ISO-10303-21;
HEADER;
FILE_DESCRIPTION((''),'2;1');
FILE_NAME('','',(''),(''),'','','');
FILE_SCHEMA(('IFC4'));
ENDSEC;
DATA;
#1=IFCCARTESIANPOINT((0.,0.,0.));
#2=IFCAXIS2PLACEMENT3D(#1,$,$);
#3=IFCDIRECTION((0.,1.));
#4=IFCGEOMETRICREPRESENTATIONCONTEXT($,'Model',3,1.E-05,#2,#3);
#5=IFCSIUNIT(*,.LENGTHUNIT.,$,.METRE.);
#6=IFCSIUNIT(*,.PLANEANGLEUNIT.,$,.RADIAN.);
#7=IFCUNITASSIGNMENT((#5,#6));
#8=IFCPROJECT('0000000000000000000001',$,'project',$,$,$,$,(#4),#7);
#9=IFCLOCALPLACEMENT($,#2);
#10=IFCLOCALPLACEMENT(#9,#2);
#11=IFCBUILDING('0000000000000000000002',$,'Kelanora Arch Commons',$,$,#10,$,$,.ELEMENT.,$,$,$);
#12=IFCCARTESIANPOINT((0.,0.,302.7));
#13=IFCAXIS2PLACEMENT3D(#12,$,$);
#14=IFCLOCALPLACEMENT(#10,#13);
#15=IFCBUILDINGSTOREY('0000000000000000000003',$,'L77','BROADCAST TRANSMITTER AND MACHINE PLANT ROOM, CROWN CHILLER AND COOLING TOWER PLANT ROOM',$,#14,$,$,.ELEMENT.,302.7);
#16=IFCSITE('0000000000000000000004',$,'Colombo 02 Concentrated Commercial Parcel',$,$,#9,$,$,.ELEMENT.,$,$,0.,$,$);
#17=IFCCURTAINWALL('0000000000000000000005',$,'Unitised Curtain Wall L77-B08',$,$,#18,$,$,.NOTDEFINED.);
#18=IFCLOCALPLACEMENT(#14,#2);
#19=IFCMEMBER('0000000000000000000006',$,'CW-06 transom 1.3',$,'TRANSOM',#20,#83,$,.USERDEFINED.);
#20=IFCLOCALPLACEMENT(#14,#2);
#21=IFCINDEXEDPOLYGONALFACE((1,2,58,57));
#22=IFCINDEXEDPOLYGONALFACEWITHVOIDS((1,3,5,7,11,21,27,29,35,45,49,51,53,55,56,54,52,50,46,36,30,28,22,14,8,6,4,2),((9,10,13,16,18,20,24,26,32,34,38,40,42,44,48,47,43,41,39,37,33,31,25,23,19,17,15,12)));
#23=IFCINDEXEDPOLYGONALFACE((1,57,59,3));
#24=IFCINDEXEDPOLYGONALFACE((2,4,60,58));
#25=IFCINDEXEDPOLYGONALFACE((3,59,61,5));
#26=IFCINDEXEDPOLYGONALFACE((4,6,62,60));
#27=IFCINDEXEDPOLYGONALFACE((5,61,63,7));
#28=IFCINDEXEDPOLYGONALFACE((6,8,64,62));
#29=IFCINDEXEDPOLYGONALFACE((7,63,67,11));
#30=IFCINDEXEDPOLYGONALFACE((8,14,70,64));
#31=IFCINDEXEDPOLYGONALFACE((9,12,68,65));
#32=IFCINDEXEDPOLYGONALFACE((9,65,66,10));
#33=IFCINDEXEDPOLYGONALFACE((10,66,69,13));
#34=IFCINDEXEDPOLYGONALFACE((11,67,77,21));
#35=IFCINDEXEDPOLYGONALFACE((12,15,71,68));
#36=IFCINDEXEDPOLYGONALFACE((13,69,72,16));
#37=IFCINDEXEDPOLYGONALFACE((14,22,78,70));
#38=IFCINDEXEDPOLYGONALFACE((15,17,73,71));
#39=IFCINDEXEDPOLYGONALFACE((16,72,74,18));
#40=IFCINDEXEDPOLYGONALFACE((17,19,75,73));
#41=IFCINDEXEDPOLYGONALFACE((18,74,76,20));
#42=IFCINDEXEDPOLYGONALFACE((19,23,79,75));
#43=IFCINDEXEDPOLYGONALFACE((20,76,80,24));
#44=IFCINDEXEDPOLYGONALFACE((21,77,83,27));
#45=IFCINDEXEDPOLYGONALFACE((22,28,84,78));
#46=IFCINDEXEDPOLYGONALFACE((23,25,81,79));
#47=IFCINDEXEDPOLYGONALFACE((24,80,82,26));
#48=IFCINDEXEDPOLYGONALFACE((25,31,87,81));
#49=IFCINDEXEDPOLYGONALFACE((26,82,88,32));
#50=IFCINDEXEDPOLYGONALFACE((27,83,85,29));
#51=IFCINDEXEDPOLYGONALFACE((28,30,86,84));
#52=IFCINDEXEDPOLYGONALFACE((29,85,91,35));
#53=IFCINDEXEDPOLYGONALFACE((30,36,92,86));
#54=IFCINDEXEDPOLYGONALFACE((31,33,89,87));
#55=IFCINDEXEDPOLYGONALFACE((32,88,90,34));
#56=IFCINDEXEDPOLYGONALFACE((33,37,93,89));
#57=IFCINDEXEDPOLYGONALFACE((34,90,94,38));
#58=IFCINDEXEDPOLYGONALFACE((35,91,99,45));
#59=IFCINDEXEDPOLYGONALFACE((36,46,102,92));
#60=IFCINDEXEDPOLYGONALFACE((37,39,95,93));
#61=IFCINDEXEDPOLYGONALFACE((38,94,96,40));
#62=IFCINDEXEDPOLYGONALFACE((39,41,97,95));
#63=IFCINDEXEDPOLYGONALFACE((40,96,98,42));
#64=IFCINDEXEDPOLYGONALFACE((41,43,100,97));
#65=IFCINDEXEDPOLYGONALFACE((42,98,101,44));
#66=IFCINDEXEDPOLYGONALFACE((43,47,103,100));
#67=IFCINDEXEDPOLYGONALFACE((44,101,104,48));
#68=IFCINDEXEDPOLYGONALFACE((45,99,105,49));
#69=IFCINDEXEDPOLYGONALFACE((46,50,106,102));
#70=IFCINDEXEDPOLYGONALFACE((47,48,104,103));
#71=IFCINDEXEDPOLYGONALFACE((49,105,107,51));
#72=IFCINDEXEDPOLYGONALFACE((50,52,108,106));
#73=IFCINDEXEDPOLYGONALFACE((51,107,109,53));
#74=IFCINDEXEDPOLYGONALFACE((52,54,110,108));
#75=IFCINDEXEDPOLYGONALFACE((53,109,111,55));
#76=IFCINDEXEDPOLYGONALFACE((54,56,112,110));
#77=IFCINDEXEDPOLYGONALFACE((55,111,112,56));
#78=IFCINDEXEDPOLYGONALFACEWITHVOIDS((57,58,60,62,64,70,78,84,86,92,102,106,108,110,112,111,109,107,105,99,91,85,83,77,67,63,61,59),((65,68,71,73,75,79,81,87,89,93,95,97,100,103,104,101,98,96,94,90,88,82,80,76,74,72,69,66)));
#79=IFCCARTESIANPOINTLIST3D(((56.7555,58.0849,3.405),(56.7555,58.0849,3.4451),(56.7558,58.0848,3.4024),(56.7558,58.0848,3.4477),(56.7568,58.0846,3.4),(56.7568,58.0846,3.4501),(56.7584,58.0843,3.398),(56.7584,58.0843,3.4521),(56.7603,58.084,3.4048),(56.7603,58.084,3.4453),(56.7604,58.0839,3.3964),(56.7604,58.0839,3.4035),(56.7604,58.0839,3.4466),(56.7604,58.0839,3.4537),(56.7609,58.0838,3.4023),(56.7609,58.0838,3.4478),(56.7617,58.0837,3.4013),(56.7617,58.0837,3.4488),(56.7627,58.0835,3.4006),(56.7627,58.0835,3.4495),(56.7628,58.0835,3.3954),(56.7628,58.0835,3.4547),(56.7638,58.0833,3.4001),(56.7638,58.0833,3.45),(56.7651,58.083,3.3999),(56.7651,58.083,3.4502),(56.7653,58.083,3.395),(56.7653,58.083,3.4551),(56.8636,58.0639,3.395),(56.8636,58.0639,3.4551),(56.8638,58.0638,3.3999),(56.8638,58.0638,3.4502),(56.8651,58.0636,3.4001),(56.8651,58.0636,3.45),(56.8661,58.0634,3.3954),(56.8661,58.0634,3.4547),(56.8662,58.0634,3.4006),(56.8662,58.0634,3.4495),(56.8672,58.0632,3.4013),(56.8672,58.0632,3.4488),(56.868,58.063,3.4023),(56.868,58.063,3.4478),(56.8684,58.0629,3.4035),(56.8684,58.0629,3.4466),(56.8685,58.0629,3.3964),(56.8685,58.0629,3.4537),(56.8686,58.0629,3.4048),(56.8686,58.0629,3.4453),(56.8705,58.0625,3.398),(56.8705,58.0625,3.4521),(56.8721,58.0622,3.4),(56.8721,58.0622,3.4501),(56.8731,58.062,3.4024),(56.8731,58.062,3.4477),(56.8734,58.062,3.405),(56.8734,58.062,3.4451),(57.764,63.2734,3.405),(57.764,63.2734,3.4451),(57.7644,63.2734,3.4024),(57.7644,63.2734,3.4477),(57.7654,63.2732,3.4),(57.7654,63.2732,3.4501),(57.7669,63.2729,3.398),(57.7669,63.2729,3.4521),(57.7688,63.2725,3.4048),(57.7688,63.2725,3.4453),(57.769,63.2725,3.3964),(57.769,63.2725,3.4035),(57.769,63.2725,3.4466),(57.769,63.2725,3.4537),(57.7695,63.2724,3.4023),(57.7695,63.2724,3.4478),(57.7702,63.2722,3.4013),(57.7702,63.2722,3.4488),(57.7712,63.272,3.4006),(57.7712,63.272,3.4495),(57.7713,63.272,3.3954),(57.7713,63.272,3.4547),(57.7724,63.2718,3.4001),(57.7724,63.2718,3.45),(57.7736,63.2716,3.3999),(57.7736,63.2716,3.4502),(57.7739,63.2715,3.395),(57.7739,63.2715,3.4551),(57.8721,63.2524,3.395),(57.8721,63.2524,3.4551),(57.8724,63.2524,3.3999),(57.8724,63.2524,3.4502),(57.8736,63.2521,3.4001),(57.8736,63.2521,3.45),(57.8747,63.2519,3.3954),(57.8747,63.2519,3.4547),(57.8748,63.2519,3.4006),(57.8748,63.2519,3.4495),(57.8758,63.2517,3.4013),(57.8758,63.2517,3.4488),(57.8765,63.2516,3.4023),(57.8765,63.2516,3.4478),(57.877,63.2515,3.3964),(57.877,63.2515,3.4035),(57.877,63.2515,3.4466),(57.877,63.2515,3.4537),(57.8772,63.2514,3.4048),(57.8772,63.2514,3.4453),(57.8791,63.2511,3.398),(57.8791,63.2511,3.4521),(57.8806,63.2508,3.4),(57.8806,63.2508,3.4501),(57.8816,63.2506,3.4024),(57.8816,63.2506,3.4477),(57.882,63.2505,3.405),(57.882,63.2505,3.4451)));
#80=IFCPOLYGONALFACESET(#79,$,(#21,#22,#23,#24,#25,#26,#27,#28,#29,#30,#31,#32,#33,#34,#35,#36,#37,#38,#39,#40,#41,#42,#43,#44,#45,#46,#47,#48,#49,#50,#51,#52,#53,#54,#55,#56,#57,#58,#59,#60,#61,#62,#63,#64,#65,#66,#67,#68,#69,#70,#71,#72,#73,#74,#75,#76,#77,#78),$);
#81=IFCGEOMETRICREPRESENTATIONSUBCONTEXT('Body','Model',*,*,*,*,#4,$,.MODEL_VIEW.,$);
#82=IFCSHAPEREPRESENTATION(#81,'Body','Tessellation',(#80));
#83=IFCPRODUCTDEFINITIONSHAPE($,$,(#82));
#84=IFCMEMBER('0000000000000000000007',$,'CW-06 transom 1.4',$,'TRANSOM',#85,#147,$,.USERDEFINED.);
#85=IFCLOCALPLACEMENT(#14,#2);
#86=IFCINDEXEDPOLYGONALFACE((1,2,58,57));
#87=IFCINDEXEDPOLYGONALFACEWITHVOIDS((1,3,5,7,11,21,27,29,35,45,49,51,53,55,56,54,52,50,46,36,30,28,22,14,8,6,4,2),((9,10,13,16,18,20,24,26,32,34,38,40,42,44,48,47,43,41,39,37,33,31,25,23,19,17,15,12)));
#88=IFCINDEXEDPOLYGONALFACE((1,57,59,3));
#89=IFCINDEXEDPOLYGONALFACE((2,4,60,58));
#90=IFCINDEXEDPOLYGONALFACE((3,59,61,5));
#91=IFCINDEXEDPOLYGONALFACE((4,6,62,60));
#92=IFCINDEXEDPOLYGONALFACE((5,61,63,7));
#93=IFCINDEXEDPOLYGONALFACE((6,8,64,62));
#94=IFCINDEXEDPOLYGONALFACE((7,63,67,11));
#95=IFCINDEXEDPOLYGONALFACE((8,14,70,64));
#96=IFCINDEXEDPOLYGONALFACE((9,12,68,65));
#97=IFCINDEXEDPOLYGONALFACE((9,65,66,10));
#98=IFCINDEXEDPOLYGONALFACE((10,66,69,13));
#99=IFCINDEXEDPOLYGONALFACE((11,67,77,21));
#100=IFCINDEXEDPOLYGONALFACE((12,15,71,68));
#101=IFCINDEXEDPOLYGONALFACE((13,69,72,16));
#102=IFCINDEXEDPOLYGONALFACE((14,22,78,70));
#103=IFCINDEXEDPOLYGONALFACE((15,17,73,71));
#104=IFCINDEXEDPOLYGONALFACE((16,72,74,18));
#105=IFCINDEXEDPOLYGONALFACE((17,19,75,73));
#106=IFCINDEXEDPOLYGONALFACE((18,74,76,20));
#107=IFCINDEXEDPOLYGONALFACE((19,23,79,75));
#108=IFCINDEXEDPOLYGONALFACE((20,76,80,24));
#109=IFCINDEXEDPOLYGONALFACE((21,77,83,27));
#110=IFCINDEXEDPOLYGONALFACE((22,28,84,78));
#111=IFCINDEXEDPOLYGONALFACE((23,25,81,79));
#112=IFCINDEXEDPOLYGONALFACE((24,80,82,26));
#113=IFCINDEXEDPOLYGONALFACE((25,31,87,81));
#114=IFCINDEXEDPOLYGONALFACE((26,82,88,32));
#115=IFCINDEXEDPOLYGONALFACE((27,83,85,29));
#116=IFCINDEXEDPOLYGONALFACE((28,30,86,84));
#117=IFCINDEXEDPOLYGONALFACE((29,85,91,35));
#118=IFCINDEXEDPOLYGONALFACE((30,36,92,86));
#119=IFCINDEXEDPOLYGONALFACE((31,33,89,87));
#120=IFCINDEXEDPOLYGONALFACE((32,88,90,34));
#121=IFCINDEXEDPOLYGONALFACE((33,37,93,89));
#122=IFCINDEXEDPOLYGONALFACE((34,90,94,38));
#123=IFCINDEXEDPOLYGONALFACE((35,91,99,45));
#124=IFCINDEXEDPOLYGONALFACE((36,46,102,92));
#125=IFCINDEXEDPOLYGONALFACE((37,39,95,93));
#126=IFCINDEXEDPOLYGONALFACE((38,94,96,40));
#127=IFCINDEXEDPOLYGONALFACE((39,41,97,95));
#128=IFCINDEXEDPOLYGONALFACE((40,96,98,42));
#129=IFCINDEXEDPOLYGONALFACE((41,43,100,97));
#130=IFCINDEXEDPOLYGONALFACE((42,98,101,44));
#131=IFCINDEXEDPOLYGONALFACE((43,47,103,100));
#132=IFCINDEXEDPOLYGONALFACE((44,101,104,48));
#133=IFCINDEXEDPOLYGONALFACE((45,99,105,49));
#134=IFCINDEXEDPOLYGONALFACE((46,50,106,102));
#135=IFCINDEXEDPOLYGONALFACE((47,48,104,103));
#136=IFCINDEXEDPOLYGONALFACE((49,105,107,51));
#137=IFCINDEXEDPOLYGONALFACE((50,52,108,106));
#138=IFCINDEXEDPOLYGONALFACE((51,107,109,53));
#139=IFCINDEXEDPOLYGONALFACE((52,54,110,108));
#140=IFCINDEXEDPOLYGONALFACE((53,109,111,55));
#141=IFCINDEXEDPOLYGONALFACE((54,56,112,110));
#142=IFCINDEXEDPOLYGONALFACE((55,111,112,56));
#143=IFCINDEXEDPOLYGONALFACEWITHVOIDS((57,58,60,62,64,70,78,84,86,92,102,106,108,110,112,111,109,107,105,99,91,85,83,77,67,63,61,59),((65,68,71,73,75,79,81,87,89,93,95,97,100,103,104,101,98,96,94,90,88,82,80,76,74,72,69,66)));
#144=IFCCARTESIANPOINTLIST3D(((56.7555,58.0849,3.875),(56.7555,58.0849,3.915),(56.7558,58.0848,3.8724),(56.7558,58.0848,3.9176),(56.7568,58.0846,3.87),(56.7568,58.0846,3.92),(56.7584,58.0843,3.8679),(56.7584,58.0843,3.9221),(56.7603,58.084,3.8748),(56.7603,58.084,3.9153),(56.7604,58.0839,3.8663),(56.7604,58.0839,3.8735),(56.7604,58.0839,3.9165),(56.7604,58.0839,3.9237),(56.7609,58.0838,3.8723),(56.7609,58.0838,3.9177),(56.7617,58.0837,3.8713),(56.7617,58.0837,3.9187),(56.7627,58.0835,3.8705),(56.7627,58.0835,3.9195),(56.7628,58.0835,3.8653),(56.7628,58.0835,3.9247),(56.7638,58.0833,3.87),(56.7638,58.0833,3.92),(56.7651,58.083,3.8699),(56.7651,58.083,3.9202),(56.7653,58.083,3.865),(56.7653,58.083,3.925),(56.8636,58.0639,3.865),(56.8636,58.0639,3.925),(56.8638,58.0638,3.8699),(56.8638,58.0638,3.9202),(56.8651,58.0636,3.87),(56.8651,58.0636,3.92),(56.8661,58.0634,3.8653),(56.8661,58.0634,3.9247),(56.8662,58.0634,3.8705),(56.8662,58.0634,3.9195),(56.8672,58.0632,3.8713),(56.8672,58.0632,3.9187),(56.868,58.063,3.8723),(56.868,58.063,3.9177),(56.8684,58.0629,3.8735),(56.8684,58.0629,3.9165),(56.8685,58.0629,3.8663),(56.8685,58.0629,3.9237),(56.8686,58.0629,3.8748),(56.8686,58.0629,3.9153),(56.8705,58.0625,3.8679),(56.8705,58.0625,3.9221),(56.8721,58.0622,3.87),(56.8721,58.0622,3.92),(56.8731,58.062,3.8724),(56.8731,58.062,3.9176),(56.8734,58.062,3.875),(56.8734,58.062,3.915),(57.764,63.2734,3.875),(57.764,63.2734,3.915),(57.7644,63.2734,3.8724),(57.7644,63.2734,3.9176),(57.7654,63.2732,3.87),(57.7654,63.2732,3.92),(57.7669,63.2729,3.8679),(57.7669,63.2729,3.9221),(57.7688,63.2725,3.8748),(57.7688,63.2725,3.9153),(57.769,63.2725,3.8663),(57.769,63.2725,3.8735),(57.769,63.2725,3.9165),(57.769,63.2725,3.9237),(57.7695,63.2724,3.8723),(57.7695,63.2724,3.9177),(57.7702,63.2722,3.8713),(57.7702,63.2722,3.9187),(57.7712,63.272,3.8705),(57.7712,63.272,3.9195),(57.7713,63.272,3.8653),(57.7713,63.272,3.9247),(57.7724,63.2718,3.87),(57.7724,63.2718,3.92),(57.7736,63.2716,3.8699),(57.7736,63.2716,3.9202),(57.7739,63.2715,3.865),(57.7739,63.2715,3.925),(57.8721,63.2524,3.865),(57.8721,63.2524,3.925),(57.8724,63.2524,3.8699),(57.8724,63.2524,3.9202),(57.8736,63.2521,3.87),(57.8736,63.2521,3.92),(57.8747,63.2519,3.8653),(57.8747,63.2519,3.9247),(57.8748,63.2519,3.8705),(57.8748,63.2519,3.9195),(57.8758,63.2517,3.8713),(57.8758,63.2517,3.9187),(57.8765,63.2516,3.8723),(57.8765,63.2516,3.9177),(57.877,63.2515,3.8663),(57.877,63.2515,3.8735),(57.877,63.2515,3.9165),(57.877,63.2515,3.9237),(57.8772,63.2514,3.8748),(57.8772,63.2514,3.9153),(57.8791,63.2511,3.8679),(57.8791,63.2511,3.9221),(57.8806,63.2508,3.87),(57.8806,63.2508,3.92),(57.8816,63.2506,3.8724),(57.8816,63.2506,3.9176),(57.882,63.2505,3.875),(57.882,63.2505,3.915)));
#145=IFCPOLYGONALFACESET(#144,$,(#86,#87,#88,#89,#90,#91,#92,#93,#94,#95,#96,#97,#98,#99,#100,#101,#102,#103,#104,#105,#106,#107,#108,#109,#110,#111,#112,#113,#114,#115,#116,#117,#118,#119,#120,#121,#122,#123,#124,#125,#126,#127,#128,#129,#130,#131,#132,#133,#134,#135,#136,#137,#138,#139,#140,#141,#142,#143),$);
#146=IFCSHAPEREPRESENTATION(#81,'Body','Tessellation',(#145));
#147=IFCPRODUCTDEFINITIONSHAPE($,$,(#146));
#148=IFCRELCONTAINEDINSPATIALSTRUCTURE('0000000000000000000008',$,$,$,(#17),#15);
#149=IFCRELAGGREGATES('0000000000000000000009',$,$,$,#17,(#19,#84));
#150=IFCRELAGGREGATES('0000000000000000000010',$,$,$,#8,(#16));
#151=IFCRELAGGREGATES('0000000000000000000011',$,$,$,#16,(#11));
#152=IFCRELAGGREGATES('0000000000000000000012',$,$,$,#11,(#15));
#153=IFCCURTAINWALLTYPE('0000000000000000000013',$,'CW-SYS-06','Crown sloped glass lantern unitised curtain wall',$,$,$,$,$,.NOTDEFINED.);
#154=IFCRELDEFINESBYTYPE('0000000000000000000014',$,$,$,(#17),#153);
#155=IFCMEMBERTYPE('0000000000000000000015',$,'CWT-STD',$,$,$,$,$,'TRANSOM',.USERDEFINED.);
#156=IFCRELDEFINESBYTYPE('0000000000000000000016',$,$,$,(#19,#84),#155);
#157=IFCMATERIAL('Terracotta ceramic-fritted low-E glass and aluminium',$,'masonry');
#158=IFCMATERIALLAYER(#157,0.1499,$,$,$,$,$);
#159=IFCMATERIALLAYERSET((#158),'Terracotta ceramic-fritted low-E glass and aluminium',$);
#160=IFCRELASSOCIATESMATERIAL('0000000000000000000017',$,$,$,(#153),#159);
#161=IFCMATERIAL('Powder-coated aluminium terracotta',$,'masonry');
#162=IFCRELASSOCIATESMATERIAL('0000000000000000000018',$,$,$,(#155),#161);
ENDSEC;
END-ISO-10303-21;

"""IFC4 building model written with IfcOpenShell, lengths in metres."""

from ifc_helpers import new_model, si_unit, direction, frame, origin, origin_2d, place, context, subcontext, project, spatial, hollow_rectangle, extrude, material, layer, layer_set, material_profile, profile_set, type_object, element, aggregate, save


model = new_model("IFC4")

# Units and contexts
model_context = context("Model", 3, precision=1e-05, world=origin(), true_north=direction((0.0, 1.0)))
body_context = subcontext(model_context, "Body", "Model", "MODEL_VIEW")
ifc_project = project(units=[si_unit("LENGTHUNIT", "METRE"), si_unit("PLANEANGLEUNIT", "RADIAN")], contexts=[model_context])

# Site, building, storey
site_placement = place(None, origin())
site = spatial("IfcSite", under=ifc_project, at=site_placement, Name="Colombo 02 Concentrated Commercial Parcel", CompositionType="ELEMENT", RefElevation=0.0)
building_placement = place(site_placement, origin())
building = spatial("IfcBuilding", under=site, at=building_placement, Name="Kelanora Arch Commons", CompositionType="ELEMENT")
storey_placement = place(building_placement, frame((0.0, 0.0, 302.7)))
storey = spatial("IfcBuildingStorey", under=building, at=storey_placement, Name="L77", Description="BROADCAST TRANSMITTER AND MACHINE PLANT ROOM, CROWN CHILLER AND COOLING TOWER PLANT ROOM", CompositionType="ELEMENT", Elevation=302.7)

# Shared definitions
ifc_material_1 = material(Name="Terracotta ceramic-fritted low-E glass and aluminium", Category="masonry")
ifc_layer_1 = layer(ifc_material_1, 0.1499)
ifc_layer_set_1 = layer_set([ifc_layer_1], Name="Terracotta ceramic-fritted low-E glass and aluminium")
curtain_wall_type = type_object("IfcCurtainWallType", Name="CW-SYS-06", Description="Crown sloped glass lantern unitised curtain wall", PredefinedType="NOTDEFINED", material=ifc_layer_set_1)
ifc_material_2 = material(Name="Powder-coated aluminium terracotta", Category="masonry")

# Curtain wall
curtain_wall_1_placement = place(storey_placement, origin())
curtain_wall_1 = element("IfcCurtainWall", 1, at=curtain_wall_1_placement, inside=storey, type_object=curtain_wall_type, Name="Unitised Curtain Wall L77-B08", PredefinedType="NOTDEFINED")

# Members
ifc_material_profile_1 = material_profile(ifc_material_2, hollow_rectangle(XDim=0.1201, YDim=0.0601, WallThickness=0.0049, InnerFilletRadius=0.0049, OuterFilletRadius=0.01, at=origin_2d()), Name="CWT120x60")
ifc_profile_set_1 = profile_set([ifc_material_profile_1], Name="Powder-coated aluminium terracotta")
member_type_1 = type_object("IfcMemberType", Name="CWT-STD", ElementType="TRANSOM", PredefinedType="USERDEFINED", material=ifc_profile_set_1)
member_1_placement = place(storey_placement, frame((57.823, 63.262, 3.425), z_axis=(-0.19081, -0.981627, 0.0), x_axis=(0.981627, -0.19081, 0.0)))
member_1 = element("IfcMember", 2, at=member_1_placement, type_object=member_type_1, Name="CW-06 transom 1.3", ObjectType="TRANSOM", PredefinedType="USERDEFINED", context=body_context, shape_type="SweptSolid", body=[
    extrude(hollow_rectangle(XDim=0.1201, YDim=0.0601, WallThickness=0.0049, InnerFilletRadius=0.0049, OuterFilletRadius=0.01, at=origin_2d()), origin(), (0.0, 0.0, 1.0), 5.2856),
])
member_2_placement = place(storey_placement, frame((57.823, 63.262, 3.895), z_axis=(-0.19081, -0.981627, 0.0), x_axis=(0.981627, -0.19081, 0.0)))
member_2 = element("IfcMember", 3, at=member_2_placement, type_object=member_type_1, Name="CW-06 transom 1.4", ObjectType="TRANSOM", PredefinedType="USERDEFINED", context=body_context, shape_type="SweptSolid", body=[
    extrude(hollow_rectangle(XDim=0.1201, YDim=0.0601, WallThickness=0.0049, InnerFilletRadius=0.0049, OuterFilletRadius=0.01, at=origin_2d()), origin(), (0.0, 0.0, 1.0), 5.2856),
])

aggregate(curtain_wall_1, [member_1, member_2])

save(model, "model.ifc")
